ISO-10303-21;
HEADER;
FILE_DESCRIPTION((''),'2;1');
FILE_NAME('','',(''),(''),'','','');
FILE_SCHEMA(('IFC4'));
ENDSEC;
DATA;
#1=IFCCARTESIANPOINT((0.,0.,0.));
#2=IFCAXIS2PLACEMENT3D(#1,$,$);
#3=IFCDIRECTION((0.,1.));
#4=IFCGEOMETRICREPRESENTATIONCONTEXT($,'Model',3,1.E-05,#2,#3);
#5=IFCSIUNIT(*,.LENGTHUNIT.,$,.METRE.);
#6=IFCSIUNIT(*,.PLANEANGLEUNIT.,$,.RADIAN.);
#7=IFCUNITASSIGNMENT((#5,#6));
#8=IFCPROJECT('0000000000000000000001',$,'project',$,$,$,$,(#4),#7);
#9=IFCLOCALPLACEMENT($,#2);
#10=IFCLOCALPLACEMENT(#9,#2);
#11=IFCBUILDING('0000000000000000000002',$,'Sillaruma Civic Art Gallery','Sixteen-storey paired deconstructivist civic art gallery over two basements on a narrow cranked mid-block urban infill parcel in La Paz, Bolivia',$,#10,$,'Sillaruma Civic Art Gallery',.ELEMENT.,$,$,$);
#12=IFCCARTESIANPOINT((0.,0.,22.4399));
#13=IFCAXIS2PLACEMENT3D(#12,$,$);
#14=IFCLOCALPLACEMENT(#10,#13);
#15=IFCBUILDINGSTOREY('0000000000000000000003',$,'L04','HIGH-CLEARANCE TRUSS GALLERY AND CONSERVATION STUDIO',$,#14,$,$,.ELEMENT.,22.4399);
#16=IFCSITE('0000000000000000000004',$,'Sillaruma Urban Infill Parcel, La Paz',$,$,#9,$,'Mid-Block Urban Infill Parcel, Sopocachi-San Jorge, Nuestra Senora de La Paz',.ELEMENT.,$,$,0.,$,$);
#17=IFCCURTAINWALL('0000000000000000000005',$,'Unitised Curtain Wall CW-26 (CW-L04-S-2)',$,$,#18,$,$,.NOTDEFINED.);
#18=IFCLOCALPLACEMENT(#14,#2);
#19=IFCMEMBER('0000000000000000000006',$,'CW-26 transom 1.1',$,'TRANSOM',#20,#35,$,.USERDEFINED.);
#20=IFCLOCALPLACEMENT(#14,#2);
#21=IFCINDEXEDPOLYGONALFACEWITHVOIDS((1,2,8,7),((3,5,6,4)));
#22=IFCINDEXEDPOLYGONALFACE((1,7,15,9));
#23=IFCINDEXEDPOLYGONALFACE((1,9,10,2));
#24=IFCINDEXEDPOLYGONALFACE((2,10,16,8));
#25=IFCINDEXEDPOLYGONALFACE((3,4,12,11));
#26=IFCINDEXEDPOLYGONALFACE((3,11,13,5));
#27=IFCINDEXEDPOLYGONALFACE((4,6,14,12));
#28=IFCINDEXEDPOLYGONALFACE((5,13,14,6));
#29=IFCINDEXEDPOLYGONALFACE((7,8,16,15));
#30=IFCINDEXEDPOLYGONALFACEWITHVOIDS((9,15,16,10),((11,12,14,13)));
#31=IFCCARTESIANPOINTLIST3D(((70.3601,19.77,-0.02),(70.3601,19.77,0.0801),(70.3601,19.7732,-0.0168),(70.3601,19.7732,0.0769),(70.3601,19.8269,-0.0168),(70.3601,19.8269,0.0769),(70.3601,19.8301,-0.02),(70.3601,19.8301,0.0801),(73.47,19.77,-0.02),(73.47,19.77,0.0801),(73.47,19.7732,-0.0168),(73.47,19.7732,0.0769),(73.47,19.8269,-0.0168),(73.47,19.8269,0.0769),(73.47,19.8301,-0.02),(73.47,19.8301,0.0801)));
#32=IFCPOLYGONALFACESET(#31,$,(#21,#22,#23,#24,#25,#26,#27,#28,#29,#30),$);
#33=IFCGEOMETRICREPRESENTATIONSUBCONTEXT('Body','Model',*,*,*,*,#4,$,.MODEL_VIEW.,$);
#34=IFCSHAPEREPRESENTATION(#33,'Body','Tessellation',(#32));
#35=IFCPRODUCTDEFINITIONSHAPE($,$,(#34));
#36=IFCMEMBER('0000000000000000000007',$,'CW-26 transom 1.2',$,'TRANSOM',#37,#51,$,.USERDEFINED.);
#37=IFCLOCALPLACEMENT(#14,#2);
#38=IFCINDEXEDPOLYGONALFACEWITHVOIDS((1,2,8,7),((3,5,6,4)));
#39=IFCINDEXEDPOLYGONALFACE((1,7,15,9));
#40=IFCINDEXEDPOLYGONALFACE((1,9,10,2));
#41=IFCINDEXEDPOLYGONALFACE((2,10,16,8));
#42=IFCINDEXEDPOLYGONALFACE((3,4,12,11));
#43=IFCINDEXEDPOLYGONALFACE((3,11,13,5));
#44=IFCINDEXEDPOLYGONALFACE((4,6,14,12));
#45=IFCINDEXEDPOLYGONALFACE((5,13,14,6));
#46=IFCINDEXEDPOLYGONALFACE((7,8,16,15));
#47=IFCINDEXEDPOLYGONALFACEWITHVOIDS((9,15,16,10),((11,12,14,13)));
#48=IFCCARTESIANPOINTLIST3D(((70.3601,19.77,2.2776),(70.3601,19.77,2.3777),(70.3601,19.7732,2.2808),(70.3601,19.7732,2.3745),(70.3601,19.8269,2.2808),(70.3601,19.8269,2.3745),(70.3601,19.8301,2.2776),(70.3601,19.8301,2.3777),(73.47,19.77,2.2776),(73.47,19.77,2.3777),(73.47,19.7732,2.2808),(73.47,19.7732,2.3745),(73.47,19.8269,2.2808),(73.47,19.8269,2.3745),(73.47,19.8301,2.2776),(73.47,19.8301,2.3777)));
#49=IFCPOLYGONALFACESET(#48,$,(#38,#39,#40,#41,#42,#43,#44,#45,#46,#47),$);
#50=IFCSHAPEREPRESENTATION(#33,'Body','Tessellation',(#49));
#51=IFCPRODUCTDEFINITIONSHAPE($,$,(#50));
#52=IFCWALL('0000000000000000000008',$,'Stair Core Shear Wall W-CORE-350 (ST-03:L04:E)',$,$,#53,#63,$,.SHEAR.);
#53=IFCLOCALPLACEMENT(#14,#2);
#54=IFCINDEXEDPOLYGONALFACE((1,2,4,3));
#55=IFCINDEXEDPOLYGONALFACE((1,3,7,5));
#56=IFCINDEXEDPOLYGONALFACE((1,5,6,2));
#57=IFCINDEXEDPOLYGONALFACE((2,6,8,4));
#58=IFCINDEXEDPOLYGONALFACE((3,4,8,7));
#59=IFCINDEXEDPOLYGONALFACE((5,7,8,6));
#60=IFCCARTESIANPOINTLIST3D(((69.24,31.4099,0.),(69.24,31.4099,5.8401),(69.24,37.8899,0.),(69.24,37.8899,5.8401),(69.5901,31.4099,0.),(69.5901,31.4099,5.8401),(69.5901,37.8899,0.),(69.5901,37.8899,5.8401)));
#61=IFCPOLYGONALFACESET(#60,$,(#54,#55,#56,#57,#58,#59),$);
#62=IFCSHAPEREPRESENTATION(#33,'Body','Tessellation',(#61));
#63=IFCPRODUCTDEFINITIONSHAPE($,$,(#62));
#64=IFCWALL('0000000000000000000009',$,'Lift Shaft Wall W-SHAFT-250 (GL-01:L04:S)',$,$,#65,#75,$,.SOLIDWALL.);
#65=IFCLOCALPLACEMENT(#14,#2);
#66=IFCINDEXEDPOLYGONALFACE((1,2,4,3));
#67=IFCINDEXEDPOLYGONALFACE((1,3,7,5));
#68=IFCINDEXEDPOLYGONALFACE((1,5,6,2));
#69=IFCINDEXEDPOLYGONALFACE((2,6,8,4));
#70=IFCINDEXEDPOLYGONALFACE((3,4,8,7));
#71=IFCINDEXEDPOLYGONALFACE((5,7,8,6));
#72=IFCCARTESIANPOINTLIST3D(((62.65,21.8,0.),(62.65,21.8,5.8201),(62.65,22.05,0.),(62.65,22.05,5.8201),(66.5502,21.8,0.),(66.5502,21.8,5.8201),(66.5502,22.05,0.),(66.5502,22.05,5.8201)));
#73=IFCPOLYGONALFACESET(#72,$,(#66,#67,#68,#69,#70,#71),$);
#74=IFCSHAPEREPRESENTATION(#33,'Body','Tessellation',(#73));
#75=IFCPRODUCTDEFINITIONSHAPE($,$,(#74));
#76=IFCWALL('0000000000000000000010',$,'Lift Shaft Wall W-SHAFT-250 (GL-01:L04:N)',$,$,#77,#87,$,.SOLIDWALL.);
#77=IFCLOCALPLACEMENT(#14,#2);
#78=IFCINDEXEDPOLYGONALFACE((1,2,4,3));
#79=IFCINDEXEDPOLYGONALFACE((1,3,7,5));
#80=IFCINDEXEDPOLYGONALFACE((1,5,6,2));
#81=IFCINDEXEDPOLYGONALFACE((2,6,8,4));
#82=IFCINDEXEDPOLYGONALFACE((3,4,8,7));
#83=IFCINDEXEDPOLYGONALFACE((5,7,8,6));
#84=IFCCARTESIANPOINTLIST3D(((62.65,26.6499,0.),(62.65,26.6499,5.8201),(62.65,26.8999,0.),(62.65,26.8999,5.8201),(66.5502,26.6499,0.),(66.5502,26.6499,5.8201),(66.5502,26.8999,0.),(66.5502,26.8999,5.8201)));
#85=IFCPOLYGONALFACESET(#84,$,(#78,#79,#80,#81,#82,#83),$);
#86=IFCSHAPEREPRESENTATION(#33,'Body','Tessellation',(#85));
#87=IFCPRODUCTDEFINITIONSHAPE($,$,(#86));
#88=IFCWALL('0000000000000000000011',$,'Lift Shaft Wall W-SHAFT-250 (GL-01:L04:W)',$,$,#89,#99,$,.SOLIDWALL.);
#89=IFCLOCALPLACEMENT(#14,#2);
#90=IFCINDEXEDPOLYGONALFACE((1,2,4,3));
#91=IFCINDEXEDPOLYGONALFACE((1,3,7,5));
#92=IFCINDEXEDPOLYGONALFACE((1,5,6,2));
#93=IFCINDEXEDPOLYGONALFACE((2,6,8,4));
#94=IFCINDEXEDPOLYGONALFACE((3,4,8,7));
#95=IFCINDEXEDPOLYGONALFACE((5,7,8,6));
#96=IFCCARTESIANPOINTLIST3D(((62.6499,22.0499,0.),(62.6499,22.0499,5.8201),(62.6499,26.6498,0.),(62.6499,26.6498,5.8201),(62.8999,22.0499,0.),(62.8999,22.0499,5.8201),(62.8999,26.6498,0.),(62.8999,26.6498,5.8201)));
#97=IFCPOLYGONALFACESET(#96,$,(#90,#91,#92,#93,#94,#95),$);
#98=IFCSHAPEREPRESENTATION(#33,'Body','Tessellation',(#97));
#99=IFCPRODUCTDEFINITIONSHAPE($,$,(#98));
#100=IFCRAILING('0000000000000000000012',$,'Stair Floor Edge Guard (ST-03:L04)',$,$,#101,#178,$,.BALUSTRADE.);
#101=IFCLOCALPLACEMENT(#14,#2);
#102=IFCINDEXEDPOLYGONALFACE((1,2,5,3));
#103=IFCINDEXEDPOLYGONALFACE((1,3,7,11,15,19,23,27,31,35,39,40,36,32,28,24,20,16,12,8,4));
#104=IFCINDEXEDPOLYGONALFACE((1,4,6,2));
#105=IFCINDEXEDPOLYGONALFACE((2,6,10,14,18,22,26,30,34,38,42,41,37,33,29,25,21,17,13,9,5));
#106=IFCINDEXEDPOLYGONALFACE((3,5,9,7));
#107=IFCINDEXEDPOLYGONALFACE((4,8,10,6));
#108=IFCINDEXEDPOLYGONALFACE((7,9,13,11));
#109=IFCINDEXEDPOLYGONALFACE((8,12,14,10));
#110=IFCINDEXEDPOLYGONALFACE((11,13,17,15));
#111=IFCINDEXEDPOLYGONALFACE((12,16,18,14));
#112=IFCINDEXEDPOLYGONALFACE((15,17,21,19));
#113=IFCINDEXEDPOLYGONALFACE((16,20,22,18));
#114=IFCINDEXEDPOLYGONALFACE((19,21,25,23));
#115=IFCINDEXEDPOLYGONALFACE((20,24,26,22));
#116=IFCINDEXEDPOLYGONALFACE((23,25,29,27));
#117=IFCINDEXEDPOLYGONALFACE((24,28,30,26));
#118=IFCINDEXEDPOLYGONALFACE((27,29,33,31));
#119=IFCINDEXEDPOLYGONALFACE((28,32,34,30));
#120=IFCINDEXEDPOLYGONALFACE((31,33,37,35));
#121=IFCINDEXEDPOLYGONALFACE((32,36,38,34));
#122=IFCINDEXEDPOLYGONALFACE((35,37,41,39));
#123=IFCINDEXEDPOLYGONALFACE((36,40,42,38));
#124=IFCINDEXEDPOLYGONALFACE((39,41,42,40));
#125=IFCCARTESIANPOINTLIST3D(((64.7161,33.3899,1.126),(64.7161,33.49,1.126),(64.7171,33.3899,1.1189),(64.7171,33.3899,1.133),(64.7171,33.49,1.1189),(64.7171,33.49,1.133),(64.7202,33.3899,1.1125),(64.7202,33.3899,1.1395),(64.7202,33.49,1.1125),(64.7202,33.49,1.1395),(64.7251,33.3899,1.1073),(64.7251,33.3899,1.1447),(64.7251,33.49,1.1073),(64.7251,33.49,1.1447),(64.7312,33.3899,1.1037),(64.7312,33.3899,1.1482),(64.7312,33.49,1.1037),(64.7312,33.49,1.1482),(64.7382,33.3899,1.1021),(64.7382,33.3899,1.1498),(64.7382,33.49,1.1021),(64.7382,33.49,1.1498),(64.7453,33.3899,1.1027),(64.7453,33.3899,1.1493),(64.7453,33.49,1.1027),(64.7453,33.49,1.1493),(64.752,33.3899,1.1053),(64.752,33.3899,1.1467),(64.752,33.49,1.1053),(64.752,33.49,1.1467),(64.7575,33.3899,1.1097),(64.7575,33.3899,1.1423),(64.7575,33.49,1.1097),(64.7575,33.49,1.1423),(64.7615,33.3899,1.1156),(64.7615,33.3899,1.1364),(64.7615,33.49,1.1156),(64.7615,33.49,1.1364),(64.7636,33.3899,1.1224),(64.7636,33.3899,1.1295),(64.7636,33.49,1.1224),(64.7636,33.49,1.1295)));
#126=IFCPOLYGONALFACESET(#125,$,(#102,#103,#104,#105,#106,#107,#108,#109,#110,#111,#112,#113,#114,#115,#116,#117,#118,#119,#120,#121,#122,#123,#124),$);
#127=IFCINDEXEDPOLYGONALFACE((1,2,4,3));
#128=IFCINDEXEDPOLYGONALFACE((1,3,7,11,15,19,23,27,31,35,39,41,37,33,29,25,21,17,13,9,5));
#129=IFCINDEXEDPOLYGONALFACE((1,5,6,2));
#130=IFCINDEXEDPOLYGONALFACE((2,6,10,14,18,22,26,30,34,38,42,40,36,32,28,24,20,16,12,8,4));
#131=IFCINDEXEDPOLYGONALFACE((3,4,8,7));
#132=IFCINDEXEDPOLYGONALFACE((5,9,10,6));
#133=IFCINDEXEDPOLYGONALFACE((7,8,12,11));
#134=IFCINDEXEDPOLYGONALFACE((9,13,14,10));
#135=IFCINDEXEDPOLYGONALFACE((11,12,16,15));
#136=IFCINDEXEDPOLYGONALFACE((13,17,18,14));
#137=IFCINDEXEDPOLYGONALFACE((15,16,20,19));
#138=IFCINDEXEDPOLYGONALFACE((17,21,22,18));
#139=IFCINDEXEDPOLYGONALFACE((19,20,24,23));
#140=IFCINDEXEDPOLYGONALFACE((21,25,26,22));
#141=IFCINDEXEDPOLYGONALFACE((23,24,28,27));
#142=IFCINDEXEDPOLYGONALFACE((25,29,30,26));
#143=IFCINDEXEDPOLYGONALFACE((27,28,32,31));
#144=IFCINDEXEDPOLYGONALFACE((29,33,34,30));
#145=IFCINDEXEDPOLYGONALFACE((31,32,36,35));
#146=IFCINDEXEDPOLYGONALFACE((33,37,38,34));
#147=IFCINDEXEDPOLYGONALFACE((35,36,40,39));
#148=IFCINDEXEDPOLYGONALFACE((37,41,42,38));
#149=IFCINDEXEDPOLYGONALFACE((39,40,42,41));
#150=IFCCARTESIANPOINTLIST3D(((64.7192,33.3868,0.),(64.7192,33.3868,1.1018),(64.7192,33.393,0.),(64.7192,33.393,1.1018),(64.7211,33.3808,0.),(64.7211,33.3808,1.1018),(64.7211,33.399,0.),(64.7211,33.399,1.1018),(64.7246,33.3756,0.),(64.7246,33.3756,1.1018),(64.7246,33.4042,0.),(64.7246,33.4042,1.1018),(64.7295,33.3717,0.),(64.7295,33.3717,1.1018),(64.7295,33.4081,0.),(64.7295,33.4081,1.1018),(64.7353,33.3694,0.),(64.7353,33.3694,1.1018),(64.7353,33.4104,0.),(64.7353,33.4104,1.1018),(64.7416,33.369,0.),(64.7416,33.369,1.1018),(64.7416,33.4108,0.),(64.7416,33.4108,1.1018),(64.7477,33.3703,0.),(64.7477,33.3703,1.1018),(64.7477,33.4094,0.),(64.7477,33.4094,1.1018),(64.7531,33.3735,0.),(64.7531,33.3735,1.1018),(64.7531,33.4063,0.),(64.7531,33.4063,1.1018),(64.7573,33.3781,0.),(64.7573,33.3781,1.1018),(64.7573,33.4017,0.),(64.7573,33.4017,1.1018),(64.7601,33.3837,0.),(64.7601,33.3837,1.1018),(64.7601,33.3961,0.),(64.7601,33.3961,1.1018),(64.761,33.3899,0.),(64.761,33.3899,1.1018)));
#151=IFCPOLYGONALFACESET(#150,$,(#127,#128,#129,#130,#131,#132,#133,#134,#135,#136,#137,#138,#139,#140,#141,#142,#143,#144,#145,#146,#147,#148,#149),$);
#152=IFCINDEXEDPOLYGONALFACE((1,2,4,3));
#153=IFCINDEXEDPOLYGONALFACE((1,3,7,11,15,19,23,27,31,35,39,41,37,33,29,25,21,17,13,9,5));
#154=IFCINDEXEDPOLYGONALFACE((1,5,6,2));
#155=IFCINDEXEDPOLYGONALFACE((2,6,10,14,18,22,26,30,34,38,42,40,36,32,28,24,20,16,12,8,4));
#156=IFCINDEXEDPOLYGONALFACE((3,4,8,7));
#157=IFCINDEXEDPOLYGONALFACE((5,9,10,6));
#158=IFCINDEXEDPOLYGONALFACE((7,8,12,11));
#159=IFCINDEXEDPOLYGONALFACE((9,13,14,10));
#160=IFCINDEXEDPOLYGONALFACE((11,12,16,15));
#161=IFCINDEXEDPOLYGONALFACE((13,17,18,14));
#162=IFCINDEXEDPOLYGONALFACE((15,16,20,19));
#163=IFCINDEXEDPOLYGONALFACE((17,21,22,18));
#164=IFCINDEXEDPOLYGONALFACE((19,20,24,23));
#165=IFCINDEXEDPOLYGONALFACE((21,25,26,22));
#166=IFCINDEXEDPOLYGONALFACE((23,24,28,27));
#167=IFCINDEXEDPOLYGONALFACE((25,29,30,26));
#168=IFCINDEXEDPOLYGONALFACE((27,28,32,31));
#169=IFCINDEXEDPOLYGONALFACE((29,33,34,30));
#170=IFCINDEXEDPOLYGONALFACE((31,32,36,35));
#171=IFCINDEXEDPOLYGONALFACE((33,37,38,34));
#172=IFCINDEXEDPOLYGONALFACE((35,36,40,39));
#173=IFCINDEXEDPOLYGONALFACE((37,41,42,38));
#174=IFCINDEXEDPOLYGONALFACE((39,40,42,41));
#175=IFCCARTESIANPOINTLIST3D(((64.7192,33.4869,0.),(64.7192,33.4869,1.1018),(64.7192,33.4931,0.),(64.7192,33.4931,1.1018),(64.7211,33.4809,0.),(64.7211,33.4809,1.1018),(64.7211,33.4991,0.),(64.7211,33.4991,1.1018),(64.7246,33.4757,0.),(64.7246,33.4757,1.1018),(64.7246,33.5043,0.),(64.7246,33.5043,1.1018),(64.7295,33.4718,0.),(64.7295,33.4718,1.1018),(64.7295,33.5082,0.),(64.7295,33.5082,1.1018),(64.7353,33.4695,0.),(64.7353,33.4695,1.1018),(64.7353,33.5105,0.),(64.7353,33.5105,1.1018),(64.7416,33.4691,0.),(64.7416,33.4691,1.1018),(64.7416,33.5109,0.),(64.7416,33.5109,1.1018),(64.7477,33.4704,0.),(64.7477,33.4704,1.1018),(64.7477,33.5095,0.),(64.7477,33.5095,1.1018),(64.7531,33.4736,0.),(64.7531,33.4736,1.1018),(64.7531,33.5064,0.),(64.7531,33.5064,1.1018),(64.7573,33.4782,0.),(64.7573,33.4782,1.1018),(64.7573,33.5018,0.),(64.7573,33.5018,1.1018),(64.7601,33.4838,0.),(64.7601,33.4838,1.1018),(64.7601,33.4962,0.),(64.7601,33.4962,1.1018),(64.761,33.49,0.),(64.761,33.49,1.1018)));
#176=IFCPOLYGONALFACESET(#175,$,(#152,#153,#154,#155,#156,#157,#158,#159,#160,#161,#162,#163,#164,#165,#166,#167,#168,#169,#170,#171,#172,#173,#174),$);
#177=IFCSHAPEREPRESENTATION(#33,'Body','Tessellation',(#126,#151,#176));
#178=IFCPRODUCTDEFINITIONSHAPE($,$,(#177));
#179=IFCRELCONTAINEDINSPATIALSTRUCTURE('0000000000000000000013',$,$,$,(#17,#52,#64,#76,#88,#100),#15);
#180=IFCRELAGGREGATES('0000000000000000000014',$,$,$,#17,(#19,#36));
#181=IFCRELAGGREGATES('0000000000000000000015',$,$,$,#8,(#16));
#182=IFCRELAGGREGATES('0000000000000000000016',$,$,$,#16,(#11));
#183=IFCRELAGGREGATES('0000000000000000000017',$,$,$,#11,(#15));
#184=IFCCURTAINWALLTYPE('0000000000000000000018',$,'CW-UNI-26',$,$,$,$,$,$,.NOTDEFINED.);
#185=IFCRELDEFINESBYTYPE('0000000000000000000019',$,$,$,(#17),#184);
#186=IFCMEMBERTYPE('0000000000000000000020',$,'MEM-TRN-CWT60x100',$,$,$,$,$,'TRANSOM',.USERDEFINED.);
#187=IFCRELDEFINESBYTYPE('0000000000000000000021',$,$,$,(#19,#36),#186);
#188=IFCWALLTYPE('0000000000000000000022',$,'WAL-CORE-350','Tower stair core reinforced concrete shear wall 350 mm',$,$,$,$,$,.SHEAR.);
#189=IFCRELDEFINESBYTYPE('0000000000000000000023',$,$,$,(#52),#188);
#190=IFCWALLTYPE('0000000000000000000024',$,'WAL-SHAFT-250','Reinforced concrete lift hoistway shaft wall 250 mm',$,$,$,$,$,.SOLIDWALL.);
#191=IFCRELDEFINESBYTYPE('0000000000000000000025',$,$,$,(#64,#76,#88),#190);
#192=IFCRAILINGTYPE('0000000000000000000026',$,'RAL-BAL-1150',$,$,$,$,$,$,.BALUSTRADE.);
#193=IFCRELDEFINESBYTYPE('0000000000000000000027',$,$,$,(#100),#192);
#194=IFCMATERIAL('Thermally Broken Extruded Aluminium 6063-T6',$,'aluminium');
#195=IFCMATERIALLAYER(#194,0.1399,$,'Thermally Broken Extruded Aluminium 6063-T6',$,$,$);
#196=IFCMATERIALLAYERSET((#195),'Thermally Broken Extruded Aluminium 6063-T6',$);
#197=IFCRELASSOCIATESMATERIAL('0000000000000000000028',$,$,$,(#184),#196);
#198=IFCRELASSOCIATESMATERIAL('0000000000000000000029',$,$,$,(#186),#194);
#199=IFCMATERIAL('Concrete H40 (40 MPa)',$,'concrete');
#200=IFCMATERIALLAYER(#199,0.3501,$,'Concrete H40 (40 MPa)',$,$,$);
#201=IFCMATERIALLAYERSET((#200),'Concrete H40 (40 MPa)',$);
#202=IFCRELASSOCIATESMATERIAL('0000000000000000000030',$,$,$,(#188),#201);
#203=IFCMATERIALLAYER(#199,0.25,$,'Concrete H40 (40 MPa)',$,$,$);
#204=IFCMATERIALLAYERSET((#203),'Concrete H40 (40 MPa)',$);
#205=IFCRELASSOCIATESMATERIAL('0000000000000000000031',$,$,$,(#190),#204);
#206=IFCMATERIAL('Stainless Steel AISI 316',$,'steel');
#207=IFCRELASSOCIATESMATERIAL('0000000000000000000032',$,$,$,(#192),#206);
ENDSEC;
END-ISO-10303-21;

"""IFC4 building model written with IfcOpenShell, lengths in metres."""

from ifc_helpers import new_model, si_unit, direction, frame, frame_2d, origin, origin_2d, place, context, subcontext, project, spatial, rectangle, hollow_rectangle, circle, extrude, material, layer, layer_set, material_profile, profile_set, type_object, element, aggregate, save


model = new_model("IFC4")

# Units and contexts
model_context = context("Model", 3, precision=1e-05, world=origin(), true_north=direction((0.0, 1.0)))
body_context = subcontext(model_context, "Body", "Model", "MODEL_VIEW")
ifc_project = project(units=[si_unit("LENGTHUNIT", "METRE"), si_unit("PLANEANGLEUNIT", "RADIAN")], contexts=[model_context])

# Site, building, storey
site_placement = place(None, origin())
site = spatial("IfcSite", under=ifc_project, at=site_placement, Name="Sillaruma Urban Infill Parcel, La Paz", LongName="Mid-Block Urban Infill Parcel, Sopocachi-San Jorge, Nuestra Senora de La Paz", CompositionType="ELEMENT", RefElevation=0.0)
building_placement = place(site_placement, origin())
building = spatial("IfcBuilding", under=site, at=building_placement, Name="Sillaruma Civic Art Gallery", Description="Sixteen-storey paired deconstructivist civic art gallery over two basements on a narrow cranked mid-block urban infill parcel in La Paz, Bolivia", LongName="Sillaruma Civic Art Gallery", CompositionType="ELEMENT")
storey_placement = place(building_placement, frame((0.0, 0.0, 22.4399)))
storey = spatial("IfcBuildingStorey", under=building, at=storey_placement, Name="L04", Description="HIGH-CLEARANCE TRUSS GALLERY AND CONSERVATION STUDIO", CompositionType="ELEMENT", Elevation=22.4399)

# Shared definitions
ifc_material_1 = material(Name="Concrete H40 (40 MPa)", Category="concrete")

# Curtain wall, members
ifc_material_2 = material(Name="Thermally Broken Extruded Aluminium 6063-T6", Category="aluminium")
ifc_layer_1 = layer(ifc_material_2, 0.1399, Name="Thermally Broken Extruded Aluminium 6063-T6")
ifc_layer_set_1 = layer_set([ifc_layer_1], Name="Thermally Broken Extruded Aluminium 6063-T6")
curtain_wall_type = type_object("IfcCurtainWallType", Name="CW-UNI-26", PredefinedType="NOTDEFINED", material=ifc_layer_set_1)
curtain_wall_placement = place(storey_placement, origin())
curtain_wall = element("IfcCurtainWall", 1, at=curtain_wall_placement, inside=storey, type_object=curtain_wall_type, Name="Unitised Curtain Wall CW-26 (CW-L04-S-2)", PredefinedType="NOTDEFINED")
ifc_material_profile_1 = material_profile(ifc_material_2, hollow_rectangle(XDim=0.0601, YDim=0.1001, WallThickness=0.0032, at=origin_2d()), Name="CWT60x100")
ifc_profile_set_1 = profile_set([ifc_material_profile_1], Name="Thermally Broken Extruded Aluminium 6063-T6")
member_type_1 = type_object("IfcMemberType", Name="MEM-TRN-CWT60x100", ElementType="TRANSOM", PredefinedType="USERDEFINED", material=ifc_profile_set_1)
member_1_placement = place(storey_placement, frame((70.3601, 19.8, 0.03), z_axis=(1.0, 0.0, 0.0), x_axis=(0.0, 1.0, 0.0)))
member_1 = element("IfcMember", 2, at=member_1_placement, type_object=member_type_1, Name="CW-26 transom 1.1", ObjectType="TRANSOM", PredefinedType="USERDEFINED", context=body_context, shape_type="SweptSolid", body=[
    extrude(hollow_rectangle(XDim=0.0601, YDim=0.1001, WallThickness=0.0032, at=origin_2d()), origin(), (0.0, 0.0, 1.0), 3.1099),
])
member_2_placement = place(storey_placement, frame((70.3601, 19.8, 2.3276), z_axis=(1.0, 0.0, 0.0), x_axis=(0.0, 1.0, 0.0)))
member_2 = element("IfcMember", 3, at=member_2_placement, type_object=member_type_1, Name="CW-26 transom 1.2", ObjectType="TRANSOM", PredefinedType="USERDEFINED", context=body_context, shape_type="SweptSolid", body=[
    extrude(hollow_rectangle(XDim=0.0601, YDim=0.1001, WallThickness=0.0032, at=origin_2d()), origin(), (0.0, 0.0, 1.0), 3.1099),
])
aggregate(curtain_wall, [member_1, member_2])

# Walls
ifc_layer_2 = layer(ifc_material_1, 0.3501, Name="Concrete H40 (40 MPa)")
ifc_layer_set_2 = layer_set([ifc_layer_2], Name="Concrete H40 (40 MPa)")
wall_type_1 = type_object("IfcWallType", Name="WAL-CORE-350", Description="Tower stair core reinforced concrete shear wall 350 mm", PredefinedType="SHEAR", material=ifc_layer_set_2)
wall_1_placement = place(storey_placement, frame((69.415, 31.4099, 0.0), z_axis=(0.0, 0.0, 1.0), x_axis=(0.0, 1.0, 0.0)))
element("IfcWall", 4, at=wall_1_placement, inside=storey, type_object=wall_type_1, Name="Stair Core Shear Wall W-CORE-350 (ST-03:L04:E)", PredefinedType="SHEAR", context=body_context, shape_type="SweptSolid", body=[
    extrude(rectangle(XDim=6.48, YDim=0.3501, at=frame_2d((3.24, 0.0))), origin(), (0.0, 0.0, 1.0), 5.8401),
])
ifc_layer_3 = layer(ifc_material_1, 0.25, Name="Concrete H40 (40 MPa)")
ifc_layer_set_3 = layer_set([ifc_layer_3], Name="Concrete H40 (40 MPa)")
wall_type_2 = type_object("IfcWallType", Name="WAL-SHAFT-250", Description="Reinforced concrete lift hoistway shaft wall 250 mm", PredefinedType="SOLIDWALL", material=ifc_layer_set_3)
for number, where, z_axis, x_axis, name in (
    (5, (62.6499, 21.925, 0.0), (0.0, 0.0, 1.0), (1.0, 0.0, 0.0), "Lift Shaft Wall W-SHAFT-250 (GL-01:L04:S)"),
    (6, (62.6499, 26.7749, 0.0), (0.0, 0.0, 1.0), (1.0, 0.0, 0.0), "Lift Shaft Wall W-SHAFT-250 (GL-01:L04:N)"),
):
    element("IfcWall", number, at=place(storey_placement, frame(where, z_axis=z_axis, x_axis=x_axis)), inside=storey, type_object=wall_type_2, Name=name, PredefinedType="SOLIDWALL", context=body_context, shape_type="SweptSolid", body=[
        extrude(rectangle(XDim=3.9001, YDim=0.25, at=frame_2d((1.9502, 0.0))), origin(), (0.0, 0.0, 1.0), 5.8201),
    ])
wall_2_placement = place(storey_placement, frame((62.7749, 22.05, 0.0), z_axis=(0.0, 0.0, 1.0), x_axis=(0.0, 1.0, 0.0)))
element("IfcWall", 7, at=wall_2_placement, inside=storey, type_object=wall_type_2, Name="Lift Shaft Wall W-SHAFT-250 (GL-01:L04:W)", PredefinedType="SOLIDWALL", context=body_context, shape_type="SweptSolid", body=[
    extrude(rectangle(XDim=4.5999, YDim=0.25, at=frame_2d((2.2998, 0.0))), origin(), (0.0, 0.0, 1.0), 5.8201),
])

# Railing
ifc_material_3 = material(Name="Stainless Steel AISI 316", Category="steel")
railing_type = type_object("IfcRailingType", Name="RAL-BAL-1150", PredefinedType="BALUSTRADE", material=ifc_material_3)
railing_placement = place(storey_placement, frame((64.74, 33.3899, 0.0)))
element("IfcRailing", 8, at=railing_placement, inside=storey, type_object=railing_type, Name="Stair Floor Edge Guard (ST-03:L04)", PredefinedType="BALUSTRADE", context=body_context, shape_type="SweptSolid", body=[
    extrude(circle(Radius=0.0239, at=origin_2d()), frame((0.0, 0.0, 1.126), z_axis=(0.0, 1.0, 0.0), x_axis=(-1.0, 0.0, 0.0)), (0.0, 0.0, 1.0), 0.1001),
    extrude(circle(Radius=0.021, at=origin_2d()), origin(), (0.0, 0.0, 1.0), 1.1018),
    extrude(circle(Radius=0.021, at=origin_2d()), frame((0.0, 0.1001, 0.0)), (0.0, 0.0, 1.0), 1.1018),
])

save(model, "model.ifc")
